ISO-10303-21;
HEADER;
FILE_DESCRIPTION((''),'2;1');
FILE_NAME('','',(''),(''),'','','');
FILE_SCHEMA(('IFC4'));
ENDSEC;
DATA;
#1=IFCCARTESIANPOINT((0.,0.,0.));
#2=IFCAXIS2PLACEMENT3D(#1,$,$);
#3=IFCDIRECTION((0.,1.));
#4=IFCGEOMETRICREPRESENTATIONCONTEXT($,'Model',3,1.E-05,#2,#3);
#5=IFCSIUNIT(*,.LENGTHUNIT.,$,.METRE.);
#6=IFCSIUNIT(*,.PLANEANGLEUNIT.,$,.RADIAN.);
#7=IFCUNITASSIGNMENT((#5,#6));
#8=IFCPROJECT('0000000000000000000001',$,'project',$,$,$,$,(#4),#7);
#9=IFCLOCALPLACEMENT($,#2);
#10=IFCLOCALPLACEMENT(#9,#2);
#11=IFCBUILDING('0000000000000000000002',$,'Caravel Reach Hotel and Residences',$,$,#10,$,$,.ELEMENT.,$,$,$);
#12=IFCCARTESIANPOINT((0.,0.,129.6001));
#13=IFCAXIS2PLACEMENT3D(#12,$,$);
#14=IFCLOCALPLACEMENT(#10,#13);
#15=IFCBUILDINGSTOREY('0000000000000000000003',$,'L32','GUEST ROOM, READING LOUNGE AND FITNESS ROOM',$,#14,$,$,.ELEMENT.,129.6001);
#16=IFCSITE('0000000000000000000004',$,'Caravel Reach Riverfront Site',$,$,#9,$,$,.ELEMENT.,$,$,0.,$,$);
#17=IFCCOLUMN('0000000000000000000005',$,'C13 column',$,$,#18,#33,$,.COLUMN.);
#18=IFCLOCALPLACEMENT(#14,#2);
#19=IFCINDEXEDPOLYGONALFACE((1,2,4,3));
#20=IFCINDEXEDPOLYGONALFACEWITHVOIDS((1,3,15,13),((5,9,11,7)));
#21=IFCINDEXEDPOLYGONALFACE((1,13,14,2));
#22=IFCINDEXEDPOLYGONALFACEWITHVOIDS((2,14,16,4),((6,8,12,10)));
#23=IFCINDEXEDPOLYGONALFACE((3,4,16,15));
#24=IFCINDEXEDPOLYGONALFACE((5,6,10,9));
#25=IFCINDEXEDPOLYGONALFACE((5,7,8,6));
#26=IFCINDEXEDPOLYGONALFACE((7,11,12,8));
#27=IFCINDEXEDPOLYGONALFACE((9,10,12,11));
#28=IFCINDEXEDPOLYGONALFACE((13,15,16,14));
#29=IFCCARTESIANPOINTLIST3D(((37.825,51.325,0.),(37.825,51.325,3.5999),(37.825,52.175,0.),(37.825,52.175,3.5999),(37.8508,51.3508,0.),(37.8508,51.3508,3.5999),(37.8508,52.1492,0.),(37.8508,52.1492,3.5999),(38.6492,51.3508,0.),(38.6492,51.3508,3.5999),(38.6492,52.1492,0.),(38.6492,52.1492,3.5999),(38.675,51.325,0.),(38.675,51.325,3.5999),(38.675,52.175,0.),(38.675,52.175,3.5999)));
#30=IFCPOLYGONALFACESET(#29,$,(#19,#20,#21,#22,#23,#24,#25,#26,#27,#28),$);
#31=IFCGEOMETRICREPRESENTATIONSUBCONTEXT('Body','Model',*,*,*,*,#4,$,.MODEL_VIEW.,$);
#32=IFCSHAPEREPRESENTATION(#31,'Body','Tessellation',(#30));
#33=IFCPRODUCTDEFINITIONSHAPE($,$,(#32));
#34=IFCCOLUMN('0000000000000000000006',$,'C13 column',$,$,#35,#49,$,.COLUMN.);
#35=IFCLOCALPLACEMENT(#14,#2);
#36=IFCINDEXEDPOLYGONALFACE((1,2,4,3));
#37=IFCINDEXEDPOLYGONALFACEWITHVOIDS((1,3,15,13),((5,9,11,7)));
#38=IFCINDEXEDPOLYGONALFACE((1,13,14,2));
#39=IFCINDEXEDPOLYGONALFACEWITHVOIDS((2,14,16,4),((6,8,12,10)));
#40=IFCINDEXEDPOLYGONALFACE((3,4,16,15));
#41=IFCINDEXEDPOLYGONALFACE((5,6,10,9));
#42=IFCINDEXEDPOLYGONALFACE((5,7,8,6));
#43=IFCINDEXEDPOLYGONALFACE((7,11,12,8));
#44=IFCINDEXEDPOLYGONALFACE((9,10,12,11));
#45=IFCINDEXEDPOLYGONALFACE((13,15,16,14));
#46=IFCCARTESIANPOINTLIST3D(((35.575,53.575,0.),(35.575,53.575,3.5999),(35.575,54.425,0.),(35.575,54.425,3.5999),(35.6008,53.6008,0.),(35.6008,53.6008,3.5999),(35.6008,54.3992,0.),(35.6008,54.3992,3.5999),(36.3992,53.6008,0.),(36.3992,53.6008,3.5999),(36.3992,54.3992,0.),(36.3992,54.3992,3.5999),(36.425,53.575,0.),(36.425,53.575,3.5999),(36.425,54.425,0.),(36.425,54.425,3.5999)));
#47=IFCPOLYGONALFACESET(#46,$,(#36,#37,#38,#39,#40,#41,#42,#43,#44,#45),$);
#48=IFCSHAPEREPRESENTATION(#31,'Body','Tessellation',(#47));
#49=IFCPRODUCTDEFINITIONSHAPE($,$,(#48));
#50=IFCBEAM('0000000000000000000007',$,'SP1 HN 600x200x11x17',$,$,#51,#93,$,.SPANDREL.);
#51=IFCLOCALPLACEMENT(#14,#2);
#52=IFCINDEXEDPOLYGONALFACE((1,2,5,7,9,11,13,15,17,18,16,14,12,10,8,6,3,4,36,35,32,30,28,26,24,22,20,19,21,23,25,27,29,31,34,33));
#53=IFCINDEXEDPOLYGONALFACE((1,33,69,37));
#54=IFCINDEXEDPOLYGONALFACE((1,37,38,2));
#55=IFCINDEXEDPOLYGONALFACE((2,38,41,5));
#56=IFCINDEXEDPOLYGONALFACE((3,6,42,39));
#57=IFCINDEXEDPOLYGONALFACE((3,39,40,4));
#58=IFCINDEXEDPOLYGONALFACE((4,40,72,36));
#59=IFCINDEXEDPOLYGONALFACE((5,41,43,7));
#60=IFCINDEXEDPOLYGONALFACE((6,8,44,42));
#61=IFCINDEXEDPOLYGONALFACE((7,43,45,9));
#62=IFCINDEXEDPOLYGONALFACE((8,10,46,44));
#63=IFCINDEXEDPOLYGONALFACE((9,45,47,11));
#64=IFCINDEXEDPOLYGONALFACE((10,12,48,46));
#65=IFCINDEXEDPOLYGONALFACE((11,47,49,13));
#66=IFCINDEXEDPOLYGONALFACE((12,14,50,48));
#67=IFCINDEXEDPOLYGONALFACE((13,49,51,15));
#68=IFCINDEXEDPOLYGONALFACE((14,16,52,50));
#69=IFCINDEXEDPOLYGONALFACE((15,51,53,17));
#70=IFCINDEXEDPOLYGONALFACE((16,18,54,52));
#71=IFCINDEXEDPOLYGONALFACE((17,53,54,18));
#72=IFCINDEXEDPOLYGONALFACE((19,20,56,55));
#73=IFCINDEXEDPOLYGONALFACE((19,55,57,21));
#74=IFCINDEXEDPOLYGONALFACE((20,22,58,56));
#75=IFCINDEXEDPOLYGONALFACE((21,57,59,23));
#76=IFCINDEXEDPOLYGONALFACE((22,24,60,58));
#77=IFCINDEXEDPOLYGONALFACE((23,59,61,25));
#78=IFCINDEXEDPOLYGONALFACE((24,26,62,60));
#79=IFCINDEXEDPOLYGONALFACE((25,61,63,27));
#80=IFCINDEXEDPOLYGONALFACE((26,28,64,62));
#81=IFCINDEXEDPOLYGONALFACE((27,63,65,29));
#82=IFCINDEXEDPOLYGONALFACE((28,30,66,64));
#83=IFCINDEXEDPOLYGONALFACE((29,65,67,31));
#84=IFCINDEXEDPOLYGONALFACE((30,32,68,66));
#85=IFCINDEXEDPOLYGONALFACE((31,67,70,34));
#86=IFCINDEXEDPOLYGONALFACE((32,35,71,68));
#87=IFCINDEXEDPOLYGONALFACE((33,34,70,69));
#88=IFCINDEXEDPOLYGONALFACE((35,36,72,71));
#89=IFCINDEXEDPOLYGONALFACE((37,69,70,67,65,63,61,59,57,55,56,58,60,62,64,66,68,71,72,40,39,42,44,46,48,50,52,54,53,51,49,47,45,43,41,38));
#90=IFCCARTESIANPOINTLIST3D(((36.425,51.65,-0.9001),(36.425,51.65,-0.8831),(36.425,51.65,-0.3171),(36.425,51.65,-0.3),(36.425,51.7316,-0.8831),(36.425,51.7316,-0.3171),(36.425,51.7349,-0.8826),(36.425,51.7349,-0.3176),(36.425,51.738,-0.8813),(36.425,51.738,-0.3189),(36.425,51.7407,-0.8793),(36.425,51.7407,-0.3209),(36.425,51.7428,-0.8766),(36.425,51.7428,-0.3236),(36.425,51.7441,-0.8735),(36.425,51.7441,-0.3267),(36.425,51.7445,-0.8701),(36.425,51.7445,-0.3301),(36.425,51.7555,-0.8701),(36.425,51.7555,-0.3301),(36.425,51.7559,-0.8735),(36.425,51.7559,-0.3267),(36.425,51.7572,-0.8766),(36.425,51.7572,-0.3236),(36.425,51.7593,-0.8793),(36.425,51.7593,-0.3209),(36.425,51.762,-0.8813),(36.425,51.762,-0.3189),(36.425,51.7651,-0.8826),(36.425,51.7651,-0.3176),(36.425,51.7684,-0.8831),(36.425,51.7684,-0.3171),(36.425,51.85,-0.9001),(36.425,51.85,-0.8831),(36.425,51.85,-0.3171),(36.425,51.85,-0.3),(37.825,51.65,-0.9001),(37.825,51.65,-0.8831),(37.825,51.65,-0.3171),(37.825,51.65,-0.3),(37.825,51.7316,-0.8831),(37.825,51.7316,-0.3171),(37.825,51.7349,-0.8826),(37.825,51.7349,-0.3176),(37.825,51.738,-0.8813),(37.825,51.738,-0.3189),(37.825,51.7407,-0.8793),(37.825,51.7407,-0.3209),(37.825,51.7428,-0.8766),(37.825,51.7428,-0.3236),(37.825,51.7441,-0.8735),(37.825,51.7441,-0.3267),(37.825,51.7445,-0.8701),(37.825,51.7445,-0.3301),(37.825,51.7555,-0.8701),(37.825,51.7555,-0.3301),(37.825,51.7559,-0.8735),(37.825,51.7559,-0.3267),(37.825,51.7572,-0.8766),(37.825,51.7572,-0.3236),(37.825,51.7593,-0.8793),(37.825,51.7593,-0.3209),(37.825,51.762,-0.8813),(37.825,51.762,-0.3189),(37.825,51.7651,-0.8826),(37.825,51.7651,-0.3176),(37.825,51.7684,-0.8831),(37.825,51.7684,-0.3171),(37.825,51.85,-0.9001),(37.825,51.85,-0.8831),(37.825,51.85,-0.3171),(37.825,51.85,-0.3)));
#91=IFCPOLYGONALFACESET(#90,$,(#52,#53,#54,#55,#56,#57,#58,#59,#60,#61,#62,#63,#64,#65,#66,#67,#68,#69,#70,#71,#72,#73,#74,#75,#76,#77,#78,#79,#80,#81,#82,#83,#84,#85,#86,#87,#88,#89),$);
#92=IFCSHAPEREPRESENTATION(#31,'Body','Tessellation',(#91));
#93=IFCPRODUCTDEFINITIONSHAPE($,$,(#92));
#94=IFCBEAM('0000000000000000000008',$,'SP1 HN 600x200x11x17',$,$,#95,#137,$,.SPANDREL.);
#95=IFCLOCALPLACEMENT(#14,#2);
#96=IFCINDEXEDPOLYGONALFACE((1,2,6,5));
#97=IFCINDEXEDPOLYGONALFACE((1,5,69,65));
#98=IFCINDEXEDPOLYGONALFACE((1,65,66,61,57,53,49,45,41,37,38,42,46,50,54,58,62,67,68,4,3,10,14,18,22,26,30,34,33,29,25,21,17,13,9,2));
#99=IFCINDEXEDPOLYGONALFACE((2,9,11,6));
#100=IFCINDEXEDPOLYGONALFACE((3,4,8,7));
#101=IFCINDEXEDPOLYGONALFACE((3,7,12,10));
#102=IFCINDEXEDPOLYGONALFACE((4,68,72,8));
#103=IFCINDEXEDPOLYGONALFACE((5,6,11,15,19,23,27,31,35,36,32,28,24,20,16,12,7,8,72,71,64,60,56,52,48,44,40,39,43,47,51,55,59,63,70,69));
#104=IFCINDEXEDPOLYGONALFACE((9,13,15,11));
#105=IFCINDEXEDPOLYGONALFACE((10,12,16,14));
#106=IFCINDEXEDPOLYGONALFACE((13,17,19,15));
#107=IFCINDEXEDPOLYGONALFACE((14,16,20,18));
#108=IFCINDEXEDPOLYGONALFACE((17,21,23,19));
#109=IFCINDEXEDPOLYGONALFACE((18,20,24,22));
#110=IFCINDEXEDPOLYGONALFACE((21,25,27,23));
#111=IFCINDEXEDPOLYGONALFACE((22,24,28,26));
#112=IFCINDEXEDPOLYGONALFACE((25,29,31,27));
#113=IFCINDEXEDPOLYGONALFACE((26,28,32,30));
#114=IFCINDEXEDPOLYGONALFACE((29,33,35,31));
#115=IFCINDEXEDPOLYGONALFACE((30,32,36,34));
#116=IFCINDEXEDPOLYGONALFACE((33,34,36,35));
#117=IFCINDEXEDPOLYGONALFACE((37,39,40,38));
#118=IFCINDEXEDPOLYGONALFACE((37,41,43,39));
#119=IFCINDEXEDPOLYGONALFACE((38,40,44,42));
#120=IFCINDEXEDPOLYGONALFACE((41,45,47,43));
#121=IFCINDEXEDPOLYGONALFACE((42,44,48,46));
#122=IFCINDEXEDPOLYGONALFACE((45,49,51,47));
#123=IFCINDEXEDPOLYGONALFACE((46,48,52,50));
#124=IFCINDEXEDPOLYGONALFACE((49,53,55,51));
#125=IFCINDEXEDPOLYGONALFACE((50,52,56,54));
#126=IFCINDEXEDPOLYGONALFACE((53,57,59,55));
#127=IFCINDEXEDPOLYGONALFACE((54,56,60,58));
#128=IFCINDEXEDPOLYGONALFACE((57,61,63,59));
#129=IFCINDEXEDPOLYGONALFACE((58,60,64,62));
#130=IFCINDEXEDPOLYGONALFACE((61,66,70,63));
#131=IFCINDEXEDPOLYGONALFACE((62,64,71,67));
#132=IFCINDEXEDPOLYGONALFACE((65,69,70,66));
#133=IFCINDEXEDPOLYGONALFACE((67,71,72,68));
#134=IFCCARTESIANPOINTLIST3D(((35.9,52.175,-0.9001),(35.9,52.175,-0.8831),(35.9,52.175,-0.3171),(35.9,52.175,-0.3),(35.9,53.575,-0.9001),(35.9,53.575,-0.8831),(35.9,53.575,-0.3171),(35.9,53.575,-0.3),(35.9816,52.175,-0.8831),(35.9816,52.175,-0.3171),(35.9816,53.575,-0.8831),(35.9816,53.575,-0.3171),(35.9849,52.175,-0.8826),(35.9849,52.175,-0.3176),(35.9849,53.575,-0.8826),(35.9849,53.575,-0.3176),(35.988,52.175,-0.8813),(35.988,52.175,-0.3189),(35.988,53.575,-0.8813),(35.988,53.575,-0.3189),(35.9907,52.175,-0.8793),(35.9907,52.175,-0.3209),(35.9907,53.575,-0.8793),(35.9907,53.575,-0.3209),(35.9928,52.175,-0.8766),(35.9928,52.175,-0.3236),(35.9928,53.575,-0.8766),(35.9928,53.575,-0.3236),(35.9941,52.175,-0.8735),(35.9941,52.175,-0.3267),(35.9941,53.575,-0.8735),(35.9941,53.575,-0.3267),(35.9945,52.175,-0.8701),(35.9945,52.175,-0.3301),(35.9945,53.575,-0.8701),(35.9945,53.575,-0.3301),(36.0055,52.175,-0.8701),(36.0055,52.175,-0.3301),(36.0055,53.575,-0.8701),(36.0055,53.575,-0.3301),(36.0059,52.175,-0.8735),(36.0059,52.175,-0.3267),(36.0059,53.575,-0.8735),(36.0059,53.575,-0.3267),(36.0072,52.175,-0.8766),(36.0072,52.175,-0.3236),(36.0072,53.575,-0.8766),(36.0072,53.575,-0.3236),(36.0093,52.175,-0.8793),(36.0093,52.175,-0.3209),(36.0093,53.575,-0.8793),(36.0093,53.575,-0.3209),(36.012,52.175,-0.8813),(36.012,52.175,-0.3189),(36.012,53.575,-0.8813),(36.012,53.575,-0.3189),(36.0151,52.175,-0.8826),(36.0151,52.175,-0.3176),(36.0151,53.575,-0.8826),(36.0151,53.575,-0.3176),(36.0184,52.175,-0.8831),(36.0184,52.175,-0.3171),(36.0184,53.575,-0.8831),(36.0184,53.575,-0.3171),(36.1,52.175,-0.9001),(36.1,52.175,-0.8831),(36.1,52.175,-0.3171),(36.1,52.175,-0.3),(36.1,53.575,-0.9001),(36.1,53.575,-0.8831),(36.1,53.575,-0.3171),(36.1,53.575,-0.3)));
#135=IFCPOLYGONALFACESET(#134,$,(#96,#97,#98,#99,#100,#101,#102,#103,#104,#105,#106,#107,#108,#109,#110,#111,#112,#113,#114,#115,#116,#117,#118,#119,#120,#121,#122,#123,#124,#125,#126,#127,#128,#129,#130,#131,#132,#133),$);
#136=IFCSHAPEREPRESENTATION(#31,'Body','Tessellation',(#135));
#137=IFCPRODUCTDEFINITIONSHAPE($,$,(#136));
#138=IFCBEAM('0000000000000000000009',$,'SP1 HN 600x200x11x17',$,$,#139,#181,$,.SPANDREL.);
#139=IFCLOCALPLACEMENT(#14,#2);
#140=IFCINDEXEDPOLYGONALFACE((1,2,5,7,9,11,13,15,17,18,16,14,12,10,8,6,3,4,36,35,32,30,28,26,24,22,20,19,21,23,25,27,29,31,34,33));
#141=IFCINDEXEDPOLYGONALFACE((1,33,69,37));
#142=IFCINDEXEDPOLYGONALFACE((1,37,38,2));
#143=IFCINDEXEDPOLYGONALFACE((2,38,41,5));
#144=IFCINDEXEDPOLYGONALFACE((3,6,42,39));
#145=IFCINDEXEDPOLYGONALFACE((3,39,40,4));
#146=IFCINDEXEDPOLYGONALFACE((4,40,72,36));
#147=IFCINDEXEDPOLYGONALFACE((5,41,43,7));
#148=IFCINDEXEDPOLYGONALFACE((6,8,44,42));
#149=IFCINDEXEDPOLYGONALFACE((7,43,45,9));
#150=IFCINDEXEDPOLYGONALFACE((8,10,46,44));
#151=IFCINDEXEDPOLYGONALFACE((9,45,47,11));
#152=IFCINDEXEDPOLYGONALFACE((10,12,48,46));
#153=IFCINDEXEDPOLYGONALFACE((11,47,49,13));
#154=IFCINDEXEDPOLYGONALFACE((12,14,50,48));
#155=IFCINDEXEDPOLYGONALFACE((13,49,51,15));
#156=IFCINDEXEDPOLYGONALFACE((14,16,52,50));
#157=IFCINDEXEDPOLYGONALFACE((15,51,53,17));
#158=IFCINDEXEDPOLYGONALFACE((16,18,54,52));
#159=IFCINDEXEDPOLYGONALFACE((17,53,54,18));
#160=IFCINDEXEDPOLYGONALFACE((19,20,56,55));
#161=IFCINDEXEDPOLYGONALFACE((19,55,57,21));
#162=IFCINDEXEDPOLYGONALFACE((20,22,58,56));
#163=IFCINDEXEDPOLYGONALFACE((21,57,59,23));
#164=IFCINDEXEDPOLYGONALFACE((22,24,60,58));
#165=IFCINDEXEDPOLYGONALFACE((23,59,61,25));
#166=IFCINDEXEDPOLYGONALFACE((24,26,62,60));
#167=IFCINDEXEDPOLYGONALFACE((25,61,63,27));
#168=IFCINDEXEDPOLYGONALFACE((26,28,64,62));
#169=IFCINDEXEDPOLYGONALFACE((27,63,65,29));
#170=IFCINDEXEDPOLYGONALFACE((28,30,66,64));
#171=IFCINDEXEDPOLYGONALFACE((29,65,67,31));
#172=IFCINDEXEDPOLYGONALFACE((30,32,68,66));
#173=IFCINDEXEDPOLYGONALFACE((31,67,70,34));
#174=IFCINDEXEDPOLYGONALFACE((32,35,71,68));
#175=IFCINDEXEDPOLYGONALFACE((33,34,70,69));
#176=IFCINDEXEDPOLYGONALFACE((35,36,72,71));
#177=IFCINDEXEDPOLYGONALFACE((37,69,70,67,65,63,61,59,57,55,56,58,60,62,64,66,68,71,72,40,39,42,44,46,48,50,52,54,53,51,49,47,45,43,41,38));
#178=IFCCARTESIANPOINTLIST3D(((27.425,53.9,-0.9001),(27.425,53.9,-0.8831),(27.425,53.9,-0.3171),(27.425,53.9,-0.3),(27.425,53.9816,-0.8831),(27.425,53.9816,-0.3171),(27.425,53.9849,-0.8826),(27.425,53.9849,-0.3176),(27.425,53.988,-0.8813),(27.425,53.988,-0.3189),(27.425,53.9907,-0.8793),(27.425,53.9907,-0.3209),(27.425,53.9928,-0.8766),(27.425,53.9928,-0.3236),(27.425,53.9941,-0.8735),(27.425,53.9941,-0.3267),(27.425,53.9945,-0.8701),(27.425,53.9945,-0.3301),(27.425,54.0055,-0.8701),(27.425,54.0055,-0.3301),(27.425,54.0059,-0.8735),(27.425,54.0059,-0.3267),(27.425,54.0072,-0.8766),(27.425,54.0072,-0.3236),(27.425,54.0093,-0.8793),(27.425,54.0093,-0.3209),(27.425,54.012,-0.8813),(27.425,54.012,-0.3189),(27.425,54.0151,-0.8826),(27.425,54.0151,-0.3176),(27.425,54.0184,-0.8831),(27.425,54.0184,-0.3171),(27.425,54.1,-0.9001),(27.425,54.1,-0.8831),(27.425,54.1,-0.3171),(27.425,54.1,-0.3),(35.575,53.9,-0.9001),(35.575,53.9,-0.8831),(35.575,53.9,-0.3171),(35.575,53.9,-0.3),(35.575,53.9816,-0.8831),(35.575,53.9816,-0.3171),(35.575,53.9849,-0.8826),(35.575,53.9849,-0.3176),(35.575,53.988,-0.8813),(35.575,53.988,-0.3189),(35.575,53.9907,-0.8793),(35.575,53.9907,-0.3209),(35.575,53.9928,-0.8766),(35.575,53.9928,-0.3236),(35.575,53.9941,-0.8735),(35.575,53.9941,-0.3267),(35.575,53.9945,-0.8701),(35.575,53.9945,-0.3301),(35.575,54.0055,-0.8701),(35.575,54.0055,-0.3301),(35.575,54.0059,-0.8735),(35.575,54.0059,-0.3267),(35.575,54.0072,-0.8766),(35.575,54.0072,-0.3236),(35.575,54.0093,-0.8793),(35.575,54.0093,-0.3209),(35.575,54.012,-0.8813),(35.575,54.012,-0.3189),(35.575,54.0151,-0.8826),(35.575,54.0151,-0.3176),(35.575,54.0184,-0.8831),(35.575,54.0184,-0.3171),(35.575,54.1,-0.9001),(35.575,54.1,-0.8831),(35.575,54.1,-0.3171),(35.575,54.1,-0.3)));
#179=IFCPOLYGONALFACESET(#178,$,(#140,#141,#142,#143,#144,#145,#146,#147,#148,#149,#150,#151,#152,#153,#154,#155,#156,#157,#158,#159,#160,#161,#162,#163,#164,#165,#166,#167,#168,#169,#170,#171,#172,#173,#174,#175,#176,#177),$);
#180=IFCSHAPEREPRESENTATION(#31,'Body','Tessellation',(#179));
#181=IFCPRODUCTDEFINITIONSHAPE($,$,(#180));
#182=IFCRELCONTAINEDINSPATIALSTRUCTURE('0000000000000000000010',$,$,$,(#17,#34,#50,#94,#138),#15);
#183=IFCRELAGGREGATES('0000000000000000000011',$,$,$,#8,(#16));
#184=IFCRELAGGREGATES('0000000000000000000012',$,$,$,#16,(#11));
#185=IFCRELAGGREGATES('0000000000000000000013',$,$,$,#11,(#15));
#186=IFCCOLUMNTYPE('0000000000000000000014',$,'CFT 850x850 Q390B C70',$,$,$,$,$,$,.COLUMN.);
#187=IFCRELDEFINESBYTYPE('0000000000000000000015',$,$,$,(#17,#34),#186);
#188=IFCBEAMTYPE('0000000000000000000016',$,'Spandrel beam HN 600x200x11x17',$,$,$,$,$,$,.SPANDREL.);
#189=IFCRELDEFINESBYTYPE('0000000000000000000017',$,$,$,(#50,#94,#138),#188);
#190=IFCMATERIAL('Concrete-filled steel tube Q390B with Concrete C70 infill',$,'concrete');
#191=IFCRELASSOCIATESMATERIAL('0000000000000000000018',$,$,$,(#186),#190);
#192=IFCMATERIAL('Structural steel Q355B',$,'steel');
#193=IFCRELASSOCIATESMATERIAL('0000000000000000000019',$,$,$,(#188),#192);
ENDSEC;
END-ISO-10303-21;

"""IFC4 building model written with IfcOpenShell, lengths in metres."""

from ifc_helpers import new_model, si_unit, direction, frame, origin, origin_2d, place, context, subcontext, project, spatial, hollow_rectangle, i_section, extrude, material, material_profile, profile_set, type_object, element, save


model = new_model("IFC4")

# Units and contexts
model_context = context("Model", 3, precision=1e-05, world=origin(), true_north=direction((0.0, 1.0)))
body_context = subcontext(model_context, "Body", "Model", "MODEL_VIEW")
ifc_project = project(units=[si_unit("LENGTHUNIT", "METRE"), si_unit("PLANEANGLEUNIT", "RADIAN")], contexts=[model_context])

# Site, building, storey
site_placement = place(None, origin())
site = spatial("IfcSite", under=ifc_project, at=site_placement, Name="Caravel Reach Riverfront Site", CompositionType="ELEMENT", RefElevation=0.0)
building_placement = place(site_placement, origin())
building = spatial("IfcBuilding", under=site, at=building_placement, Name="Caravel Reach Hotel and Residences", CompositionType="ELEMENT")
storey_placement = place(building_placement, frame((0.0, 0.0, 129.6001)))
storey = spatial("IfcBuildingStorey", under=building, at=storey_placement, Name="L32", Description="GUEST ROOM, READING LOUNGE AND FITNESS ROOM", CompositionType="ELEMENT", Elevation=129.6001)

# Columns
ifc_material_1 = material(Name="Concrete-filled steel tube Q390B with Concrete C70 infill", Category="concrete")
ifc_material_profile_1 = material_profile(ifc_material_1, hollow_rectangle(XDim=0.8501, YDim=0.8501, WallThickness=0.0259, at=origin_2d()), Name="RHS 850x850x26")
ifc_profile_set_1 = profile_set([ifc_material_profile_1], Name="Concrete-filled steel tube Q390B with Concrete C70 infill")
column_type = type_object("IfcColumnType", Name="CFT 850x850 Q390B C70", PredefinedType="COLUMN", material=ifc_profile_set_1)
for number, where, z_axis, x_axis, name in (
    (1, (38.25, 51.75, 0.0), (0.0, 0.0, 1.0), (1.0, 0.0, 0.0), "C13 column"),
    (2, (36.0, 54.0, 0.0), (0.0, 0.0, 1.0), (1.0, 0.0, 0.0), "C13 column"),
):
    element("IfcColumn", number, at=place(storey_placement, frame(where, z_axis=z_axis, x_axis=x_axis)), inside=storey, type_object=column_type, Name=name, PredefinedType="COLUMN", context=body_context, shape_type="SweptSolid", body=[
        extrude(hollow_rectangle(XDim=0.8501, YDim=0.8501, WallThickness=0.0259, at=origin_2d()), origin(), (0.0, 0.0, 1.0), 3.5999),
    ])

# Beams
ifc_material_2 = material(Name="Structural steel Q355B", Category="steel")
ifc_material_profile_2 = material_profile(ifc_material_2, i_section(OverallWidth=0.2, OverallDepth=0.6001, WebThickness=0.011, FlangeThickness=0.0171, FilletRadius=0.0129, at=origin_2d()), Name="HN 600x200x11x17")
ifc_profile_set_2 = profile_set([ifc_material_profile_2], Name="Structural steel Q355B")
beam_type = type_object("IfcBeamType", Name="Spandrel beam HN 600x200x11x17", PredefinedType="SPANDREL", material=ifc_profile_set_2)
for number, where, z_axis, x_axis, name in (
    (3, (37.825, 51.75, -0.6001), (-1.0, 0.0, 0.0), (0.0, -1.0, 0.0), "SP1 HN 600x200x11x17"),
    (4, (36.0, 52.175, -0.6001), (0.0, 1.0, 0.0), (-1.0, 0.0, 0.0), "SP1 HN 600x200x11x17"),
):
    element("IfcBeam", number, at=place(storey_placement, frame(where, z_axis=z_axis, x_axis=x_axis)), inside=storey, type_object=beam_type, Name=name, PredefinedType="SPANDREL", context=body_context, shape_type="SweptSolid", body=[
        extrude(i_section(OverallWidth=0.2, OverallDepth=0.6001, WebThickness=0.011, FlangeThickness=0.0171, FilletRadius=0.0129, at=origin_2d()), origin(), (0.0, 0.0, 1.0), 1.3999),
    ])
beam_placement = place(storey_placement, frame((35.575, 54.0, -0.6001), z_axis=(-1.0, 0.0, 0.0), x_axis=(0.0, -1.0, 0.0)))
element("IfcBeam", 5, at=beam_placement, inside=storey, type_object=beam_type, Name="SP1 HN 600x200x11x17", PredefinedType="SPANDREL", context=body_context, shape_type="SweptSolid", body=[
    extrude(i_section(OverallWidth=0.2, OverallDepth=0.6001, WebThickness=0.011, FlangeThickness=0.0171, FilletRadius=0.0129, at=origin_2d()), origin(), (0.0, 0.0, 1.0), 8.1499),
])

save(model, "model.ifc")
